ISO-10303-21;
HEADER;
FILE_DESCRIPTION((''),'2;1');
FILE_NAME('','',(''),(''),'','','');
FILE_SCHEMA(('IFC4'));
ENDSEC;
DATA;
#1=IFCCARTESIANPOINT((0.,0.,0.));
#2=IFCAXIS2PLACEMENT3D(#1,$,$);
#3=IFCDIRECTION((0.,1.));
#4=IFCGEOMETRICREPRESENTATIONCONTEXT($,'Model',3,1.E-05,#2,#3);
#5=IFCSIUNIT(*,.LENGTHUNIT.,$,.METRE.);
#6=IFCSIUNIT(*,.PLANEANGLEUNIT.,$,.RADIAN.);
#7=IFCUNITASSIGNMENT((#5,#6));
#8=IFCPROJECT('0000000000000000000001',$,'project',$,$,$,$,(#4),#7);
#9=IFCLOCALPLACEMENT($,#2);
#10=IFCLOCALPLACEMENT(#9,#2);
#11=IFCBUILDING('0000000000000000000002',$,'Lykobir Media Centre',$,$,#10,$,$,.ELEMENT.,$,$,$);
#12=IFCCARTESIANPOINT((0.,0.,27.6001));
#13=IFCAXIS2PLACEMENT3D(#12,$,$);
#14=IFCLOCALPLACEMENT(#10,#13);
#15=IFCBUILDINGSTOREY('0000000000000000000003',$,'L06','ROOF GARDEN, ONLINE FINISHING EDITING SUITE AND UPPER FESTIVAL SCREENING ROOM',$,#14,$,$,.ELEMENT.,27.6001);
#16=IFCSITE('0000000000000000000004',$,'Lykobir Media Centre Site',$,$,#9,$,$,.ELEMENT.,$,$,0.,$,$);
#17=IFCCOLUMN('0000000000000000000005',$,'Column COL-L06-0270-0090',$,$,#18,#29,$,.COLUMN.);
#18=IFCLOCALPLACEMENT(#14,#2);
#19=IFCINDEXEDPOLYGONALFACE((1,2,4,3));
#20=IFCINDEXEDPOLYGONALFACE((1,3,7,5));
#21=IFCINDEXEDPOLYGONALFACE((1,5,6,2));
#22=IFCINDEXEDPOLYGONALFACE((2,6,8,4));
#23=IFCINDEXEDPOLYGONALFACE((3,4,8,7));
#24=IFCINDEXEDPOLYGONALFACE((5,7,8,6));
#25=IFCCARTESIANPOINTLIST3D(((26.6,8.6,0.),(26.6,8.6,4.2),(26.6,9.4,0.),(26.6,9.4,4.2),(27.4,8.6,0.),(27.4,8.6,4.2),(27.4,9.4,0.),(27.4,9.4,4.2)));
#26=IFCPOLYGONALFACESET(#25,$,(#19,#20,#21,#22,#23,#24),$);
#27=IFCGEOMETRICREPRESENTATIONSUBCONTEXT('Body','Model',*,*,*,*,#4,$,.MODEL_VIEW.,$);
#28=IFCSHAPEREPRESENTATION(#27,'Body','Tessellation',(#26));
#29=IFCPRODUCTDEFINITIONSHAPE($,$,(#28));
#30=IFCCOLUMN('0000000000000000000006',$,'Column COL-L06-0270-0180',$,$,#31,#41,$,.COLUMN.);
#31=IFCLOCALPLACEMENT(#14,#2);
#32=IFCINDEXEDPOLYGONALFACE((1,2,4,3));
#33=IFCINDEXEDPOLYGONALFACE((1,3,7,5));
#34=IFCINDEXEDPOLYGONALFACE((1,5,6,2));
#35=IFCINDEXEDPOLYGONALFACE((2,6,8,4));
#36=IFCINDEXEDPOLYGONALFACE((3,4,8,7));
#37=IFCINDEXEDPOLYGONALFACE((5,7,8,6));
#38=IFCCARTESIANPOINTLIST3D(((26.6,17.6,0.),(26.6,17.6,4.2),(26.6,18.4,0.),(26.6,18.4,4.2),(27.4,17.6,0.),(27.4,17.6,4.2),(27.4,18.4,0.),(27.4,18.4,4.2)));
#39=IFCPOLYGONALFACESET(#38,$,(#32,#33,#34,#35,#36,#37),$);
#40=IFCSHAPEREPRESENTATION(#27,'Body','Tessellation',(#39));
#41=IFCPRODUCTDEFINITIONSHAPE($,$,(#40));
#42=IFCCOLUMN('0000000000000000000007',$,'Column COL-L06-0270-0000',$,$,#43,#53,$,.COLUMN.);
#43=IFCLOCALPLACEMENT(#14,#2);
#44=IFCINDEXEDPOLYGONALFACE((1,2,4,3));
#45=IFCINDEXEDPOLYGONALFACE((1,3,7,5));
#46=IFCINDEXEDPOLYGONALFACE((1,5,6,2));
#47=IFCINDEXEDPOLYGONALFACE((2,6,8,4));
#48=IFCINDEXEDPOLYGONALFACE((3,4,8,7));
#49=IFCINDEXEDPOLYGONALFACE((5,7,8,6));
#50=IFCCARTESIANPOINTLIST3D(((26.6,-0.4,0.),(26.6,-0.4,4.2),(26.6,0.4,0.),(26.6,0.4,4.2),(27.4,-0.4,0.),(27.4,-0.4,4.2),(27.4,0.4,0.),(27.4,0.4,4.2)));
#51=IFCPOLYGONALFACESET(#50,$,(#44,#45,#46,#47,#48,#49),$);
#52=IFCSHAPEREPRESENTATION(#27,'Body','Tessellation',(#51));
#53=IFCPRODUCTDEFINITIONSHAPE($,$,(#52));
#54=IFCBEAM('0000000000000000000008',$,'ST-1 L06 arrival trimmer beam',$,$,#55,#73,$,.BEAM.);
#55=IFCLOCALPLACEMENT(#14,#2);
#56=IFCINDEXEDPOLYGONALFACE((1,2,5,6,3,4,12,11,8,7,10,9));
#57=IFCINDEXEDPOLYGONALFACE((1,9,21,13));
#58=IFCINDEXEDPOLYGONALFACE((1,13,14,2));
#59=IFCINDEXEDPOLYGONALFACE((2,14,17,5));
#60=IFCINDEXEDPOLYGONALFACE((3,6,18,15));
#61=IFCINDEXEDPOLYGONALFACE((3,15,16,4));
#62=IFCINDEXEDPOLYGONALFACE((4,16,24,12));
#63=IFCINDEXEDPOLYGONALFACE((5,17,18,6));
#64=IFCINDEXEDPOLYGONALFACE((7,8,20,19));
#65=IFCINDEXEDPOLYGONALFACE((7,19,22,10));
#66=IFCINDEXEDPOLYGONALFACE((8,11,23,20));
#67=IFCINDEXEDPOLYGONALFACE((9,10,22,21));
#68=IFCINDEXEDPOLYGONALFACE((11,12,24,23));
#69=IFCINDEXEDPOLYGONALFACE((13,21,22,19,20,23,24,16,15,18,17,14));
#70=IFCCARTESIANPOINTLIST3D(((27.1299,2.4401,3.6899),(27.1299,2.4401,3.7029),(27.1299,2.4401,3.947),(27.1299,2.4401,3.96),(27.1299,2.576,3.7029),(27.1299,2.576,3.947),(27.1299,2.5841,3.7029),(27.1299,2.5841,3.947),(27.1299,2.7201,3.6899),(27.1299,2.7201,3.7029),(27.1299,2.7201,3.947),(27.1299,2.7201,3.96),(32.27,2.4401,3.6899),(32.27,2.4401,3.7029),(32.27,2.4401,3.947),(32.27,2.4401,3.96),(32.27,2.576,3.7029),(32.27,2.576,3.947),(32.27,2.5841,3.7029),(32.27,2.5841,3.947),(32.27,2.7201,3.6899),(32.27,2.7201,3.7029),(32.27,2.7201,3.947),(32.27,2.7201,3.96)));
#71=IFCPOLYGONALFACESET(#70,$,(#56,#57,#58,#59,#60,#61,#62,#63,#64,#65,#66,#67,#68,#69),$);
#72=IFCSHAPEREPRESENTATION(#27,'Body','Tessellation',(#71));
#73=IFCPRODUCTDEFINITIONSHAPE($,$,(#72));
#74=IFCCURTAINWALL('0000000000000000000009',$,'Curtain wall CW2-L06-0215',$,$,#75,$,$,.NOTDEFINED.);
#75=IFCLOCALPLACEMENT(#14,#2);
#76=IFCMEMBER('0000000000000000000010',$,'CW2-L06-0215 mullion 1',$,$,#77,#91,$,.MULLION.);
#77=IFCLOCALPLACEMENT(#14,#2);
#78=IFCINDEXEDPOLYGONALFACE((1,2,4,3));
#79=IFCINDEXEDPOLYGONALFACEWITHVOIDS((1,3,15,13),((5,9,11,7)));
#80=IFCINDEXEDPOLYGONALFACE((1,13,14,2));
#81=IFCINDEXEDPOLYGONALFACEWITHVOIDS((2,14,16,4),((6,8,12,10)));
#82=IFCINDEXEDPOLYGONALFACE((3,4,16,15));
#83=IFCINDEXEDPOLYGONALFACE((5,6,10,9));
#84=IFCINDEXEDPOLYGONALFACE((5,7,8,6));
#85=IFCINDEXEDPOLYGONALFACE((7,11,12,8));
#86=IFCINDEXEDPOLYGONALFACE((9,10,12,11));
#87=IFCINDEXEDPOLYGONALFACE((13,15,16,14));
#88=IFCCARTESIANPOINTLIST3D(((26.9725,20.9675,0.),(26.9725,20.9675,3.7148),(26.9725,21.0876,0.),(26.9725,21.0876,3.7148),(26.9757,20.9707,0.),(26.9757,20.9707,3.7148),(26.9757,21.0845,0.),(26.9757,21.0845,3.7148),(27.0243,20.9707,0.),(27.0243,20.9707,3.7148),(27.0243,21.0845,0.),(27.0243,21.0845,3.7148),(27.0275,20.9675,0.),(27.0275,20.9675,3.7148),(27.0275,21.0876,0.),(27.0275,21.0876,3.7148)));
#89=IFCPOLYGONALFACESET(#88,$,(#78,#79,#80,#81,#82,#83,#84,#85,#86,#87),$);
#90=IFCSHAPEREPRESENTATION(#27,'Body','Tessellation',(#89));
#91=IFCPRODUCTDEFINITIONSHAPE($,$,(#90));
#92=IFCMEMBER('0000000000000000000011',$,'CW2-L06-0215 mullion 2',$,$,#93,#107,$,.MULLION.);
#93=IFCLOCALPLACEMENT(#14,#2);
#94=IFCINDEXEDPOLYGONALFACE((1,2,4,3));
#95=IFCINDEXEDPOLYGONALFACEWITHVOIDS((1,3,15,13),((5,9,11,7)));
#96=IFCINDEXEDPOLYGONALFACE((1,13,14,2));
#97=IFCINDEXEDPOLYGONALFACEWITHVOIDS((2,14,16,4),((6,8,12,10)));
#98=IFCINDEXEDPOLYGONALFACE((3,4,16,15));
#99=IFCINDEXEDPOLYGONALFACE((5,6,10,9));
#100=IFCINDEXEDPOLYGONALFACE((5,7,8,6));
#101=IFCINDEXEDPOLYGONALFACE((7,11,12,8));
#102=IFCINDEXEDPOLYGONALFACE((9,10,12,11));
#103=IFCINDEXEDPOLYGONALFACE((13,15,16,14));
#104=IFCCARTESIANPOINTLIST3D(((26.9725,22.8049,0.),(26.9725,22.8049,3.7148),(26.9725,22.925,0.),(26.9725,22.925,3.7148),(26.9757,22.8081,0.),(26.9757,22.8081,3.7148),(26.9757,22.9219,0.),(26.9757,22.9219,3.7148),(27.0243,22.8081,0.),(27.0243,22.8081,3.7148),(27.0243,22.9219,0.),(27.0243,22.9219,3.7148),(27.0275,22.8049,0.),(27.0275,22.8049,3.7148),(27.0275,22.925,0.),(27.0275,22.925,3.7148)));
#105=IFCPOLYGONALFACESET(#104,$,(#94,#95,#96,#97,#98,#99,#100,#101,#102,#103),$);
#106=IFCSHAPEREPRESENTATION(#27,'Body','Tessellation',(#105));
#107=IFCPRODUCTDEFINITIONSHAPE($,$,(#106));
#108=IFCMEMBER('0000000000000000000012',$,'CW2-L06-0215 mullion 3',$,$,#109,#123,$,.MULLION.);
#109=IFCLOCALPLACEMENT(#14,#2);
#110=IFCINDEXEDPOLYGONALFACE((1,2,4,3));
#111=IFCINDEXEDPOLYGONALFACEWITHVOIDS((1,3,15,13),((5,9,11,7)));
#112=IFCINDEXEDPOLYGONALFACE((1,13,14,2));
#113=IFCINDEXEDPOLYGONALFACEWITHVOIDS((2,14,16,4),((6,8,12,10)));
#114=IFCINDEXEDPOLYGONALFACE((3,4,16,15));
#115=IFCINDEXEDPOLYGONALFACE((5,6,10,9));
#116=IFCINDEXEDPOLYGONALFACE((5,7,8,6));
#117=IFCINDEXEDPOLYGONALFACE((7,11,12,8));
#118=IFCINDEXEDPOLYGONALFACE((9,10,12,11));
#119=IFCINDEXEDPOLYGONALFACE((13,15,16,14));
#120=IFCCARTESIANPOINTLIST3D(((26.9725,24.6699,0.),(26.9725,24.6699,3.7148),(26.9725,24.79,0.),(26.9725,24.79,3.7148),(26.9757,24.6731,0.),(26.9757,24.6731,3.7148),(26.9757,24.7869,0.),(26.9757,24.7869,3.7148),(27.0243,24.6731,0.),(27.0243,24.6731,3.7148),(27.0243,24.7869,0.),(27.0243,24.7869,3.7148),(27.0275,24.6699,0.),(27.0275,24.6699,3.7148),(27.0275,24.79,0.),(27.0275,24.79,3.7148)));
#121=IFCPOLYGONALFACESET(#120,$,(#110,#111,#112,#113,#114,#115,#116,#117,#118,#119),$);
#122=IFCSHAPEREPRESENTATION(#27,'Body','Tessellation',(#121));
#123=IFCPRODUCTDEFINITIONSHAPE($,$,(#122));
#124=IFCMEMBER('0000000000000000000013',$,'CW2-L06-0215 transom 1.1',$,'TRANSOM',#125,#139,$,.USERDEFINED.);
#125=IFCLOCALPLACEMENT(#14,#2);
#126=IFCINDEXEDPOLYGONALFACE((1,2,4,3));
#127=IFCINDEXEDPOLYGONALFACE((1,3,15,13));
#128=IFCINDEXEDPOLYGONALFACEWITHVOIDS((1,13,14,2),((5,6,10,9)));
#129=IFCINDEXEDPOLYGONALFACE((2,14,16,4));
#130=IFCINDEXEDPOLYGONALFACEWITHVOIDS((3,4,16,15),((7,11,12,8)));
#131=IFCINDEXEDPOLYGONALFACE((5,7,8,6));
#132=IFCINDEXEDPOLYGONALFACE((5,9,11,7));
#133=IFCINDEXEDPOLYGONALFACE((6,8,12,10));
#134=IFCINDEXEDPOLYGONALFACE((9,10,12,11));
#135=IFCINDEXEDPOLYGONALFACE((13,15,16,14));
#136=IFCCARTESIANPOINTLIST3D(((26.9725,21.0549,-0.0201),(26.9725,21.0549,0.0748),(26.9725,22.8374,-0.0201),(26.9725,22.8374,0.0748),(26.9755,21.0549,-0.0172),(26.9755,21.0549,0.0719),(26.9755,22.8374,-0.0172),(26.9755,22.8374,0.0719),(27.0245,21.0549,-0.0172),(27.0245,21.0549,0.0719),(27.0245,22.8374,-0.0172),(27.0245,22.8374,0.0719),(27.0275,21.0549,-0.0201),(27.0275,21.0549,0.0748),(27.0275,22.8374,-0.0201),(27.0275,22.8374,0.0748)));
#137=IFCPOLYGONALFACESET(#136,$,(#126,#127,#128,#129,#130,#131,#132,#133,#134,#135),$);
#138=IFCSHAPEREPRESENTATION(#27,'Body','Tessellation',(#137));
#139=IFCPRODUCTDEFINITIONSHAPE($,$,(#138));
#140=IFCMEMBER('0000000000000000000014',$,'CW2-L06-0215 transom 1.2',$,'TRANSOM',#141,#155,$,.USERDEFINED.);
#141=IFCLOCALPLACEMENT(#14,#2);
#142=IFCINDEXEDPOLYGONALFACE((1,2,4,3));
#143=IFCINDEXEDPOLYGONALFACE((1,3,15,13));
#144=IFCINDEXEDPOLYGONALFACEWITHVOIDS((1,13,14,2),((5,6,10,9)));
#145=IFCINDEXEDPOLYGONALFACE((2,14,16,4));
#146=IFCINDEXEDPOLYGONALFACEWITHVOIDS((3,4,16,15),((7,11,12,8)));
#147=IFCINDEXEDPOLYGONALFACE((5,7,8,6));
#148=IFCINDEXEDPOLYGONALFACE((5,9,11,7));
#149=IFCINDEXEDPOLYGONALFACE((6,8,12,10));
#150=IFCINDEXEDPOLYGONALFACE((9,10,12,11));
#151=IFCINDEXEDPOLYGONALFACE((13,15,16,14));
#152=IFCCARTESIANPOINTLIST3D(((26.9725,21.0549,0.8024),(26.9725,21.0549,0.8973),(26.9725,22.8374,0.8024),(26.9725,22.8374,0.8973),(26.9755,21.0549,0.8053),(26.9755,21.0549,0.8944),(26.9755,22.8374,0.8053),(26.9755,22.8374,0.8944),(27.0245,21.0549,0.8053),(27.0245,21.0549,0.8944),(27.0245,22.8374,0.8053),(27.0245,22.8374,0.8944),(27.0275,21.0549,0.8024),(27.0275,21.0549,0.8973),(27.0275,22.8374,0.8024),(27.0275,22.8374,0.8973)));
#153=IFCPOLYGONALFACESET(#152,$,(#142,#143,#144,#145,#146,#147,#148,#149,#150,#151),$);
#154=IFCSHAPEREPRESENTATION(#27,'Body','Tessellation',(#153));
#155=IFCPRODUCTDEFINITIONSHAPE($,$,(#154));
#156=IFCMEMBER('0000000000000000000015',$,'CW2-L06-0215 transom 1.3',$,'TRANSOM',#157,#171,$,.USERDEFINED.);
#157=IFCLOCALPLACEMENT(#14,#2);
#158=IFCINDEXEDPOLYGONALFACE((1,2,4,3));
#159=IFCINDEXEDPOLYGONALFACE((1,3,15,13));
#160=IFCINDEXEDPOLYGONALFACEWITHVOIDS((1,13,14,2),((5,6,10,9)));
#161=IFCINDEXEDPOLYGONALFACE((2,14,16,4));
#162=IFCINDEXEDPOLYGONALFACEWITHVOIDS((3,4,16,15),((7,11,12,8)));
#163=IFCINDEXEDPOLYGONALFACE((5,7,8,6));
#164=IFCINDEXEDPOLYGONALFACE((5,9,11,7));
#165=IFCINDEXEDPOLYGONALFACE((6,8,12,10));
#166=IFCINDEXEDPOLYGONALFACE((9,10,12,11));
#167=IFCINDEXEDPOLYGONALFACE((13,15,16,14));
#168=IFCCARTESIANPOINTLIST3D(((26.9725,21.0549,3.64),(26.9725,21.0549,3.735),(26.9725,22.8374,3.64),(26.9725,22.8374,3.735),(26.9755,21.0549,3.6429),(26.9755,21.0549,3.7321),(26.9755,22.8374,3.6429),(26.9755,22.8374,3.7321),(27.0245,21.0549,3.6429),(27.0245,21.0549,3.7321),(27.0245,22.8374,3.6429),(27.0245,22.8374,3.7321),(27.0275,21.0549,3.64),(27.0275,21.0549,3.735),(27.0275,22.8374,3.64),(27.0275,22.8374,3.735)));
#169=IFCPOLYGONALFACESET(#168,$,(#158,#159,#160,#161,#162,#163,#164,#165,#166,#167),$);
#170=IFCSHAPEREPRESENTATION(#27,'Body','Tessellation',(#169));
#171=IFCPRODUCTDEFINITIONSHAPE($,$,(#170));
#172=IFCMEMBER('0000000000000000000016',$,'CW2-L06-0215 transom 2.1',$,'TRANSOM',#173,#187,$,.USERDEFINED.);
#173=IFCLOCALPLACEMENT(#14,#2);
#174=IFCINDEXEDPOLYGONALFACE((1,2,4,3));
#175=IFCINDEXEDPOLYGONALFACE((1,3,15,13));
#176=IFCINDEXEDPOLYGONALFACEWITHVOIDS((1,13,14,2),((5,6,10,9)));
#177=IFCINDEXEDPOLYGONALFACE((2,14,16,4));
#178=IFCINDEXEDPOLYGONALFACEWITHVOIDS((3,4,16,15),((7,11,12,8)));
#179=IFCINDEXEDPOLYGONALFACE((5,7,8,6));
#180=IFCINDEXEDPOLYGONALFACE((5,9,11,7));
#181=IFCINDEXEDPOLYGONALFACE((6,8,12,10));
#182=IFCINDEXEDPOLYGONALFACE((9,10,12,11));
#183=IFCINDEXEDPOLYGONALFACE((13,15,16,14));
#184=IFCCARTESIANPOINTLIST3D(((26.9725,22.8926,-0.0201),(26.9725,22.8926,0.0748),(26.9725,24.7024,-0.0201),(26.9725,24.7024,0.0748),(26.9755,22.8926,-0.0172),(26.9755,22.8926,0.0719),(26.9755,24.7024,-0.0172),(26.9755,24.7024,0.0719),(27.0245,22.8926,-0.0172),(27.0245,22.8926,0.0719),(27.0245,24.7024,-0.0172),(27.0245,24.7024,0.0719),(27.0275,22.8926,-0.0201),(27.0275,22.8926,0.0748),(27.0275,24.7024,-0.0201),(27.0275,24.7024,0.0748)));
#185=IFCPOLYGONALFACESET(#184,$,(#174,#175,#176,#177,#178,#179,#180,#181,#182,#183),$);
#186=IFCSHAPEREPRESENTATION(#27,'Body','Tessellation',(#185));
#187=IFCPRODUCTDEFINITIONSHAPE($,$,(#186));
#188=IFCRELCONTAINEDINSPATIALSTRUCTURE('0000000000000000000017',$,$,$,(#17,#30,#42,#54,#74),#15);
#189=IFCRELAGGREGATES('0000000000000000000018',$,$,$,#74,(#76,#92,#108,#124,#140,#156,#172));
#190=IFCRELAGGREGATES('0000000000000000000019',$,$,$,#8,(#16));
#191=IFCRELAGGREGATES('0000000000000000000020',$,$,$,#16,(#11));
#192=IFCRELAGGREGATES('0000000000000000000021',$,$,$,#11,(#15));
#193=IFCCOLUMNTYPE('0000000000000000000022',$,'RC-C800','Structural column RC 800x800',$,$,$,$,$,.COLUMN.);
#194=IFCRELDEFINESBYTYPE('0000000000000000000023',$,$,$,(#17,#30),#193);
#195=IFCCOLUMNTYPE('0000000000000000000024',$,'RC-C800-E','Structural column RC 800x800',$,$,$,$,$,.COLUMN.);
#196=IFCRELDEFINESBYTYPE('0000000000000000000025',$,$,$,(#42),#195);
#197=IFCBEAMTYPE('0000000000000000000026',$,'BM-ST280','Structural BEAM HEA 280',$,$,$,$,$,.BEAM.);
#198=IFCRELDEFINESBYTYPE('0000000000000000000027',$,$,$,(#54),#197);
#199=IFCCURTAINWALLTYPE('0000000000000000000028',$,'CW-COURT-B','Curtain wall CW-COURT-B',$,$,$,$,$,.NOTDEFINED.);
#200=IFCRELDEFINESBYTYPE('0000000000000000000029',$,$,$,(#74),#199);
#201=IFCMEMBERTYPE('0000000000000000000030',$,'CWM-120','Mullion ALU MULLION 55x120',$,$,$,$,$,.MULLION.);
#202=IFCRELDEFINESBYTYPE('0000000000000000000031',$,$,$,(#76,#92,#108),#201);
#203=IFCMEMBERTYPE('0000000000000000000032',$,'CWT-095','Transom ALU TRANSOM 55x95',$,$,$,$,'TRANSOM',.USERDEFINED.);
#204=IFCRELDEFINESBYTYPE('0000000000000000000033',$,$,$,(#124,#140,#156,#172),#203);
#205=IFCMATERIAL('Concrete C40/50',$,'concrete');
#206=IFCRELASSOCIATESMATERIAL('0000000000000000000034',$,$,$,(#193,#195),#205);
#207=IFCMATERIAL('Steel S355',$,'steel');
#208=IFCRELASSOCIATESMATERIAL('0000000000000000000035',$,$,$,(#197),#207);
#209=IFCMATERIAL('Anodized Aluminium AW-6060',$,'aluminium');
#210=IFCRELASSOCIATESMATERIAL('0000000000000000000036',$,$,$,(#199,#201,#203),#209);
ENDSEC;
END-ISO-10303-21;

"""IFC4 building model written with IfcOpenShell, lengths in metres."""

from ifc_helpers import new_model, si_unit, direction, frame, origin, origin_2d, place, context, subcontext, project, spatial, rectangle, hollow_rectangle, i_section, extrude, material, material_profile, profile_set, type_object, element, aggregate, save


model = new_model("IFC4")

# Units and contexts
model_context = context("Model", 3, precision=1e-05, world=origin(), true_north=direction((0.0, 1.0)))
body_context = subcontext(model_context, "Body", "Model", "MODEL_VIEW")
ifc_project = project(units=[si_unit("LENGTHUNIT", "METRE"), si_unit("PLANEANGLEUNIT", "RADIAN")], contexts=[model_context])

# Site, building, storey
site_placement = place(None, origin())
site = spatial("IfcSite", under=ifc_project, at=site_placement, Name="Lykobir Media Centre Site", CompositionType="ELEMENT", RefElevation=0.0)
building_placement = place(site_placement, origin())
building = spatial("IfcBuilding", under=site, at=building_placement, Name="Lykobir Media Centre", CompositionType="ELEMENT")
storey_placement = place(building_placement, frame((0.0, 0.0, 27.6001)))
storey = spatial("IfcBuildingStorey", under=building, at=storey_placement, Name="L06", Description="ROOF GARDEN, ONLINE FINISHING EDITING SUITE AND UPPER FESTIVAL SCREENING ROOM", CompositionType="ELEMENT", Elevation=27.6001)

# Columns
ifc_material_1 = material(Name="Concrete C40/50", Category="concrete")
ifc_material_profile_1 = material_profile(ifc_material_1, rectangle(XDim=0.8, YDim=0.8, at=origin_2d()), Name="RC 800x800")
ifc_profile_set_1 = profile_set([ifc_material_profile_1], Name="Concrete C40/50")
column_type_1 = type_object("IfcColumnType", Name="RC-C800", Description="Structural column RC 800x800", PredefinedType="COLUMN", material=ifc_profile_set_1)
for number, where, z_axis, x_axis, name in (
    (1, (27.0, 9.0, 0.0), (0.0, 0.0, 1.0), (1.0, 0.0, 0.0), "Column COL-L06-0270-0090"),
    (2, (27.0, 18.0, 0.0), (0.0, 0.0, 1.0), (1.0, 0.0, 0.0), "Column COL-L06-0270-0180"),
):
    element("IfcColumn", number, at=place(storey_placement, frame(where, z_axis=z_axis, x_axis=x_axis)), inside=storey, type_object=column_type_1, Name=name, PredefinedType="COLUMN", context=body_context, shape_type="SweptSolid", body=[
        extrude(rectangle(XDim=0.8, YDim=0.8, at=origin_2d()), origin(), (0.0, 0.0, 1.0), 4.2),
    ])
ifc_material_profile_2 = material_profile(ifc_material_1, rectangle(XDim=0.8, YDim=0.8, at=origin_2d()), Name="RC 800x800")
ifc_profile_set_2 = profile_set([ifc_material_profile_2], Name="Concrete C40/50")
column_type_2 = type_object("IfcColumnType", Name="RC-C800-E", Description="Structural column RC 800x800", PredefinedType="COLUMN", material=ifc_profile_set_2)
column_placement = place(storey_placement, frame((27.0, 0.0, 0.0), z_axis=(0.0, 0.0, 1.0), x_axis=(1.0, 0.0, 0.0)))
element("IfcColumn", 3, at=column_placement, inside=storey, type_object=column_type_2, Name="Column COL-L06-0270-0000", PredefinedType="COLUMN", context=body_context, shape_type="SweptSolid", body=[
    extrude(rectangle(XDim=0.8, YDim=0.8, at=origin_2d()), origin(), (0.0, 0.0, 1.0), 4.2),
])

# Beam
ifc_material_2 = material(Name="Steel S355", Category="steel")
ifc_material_profile_3 = material_profile(ifc_material_2, i_section(OverallWidth=0.28, OverallDepth=0.27, WebThickness=0.0081, FlangeThickness=0.0129, at=origin_2d()), Name="HEA 280")
ifc_profile_set_3 = profile_set([ifc_material_profile_3], Name="Steel S355")
beam_type_1 = type_object("IfcBeamType", Name="BM-ST280", Description="Structural BEAM HEA 280", PredefinedType="BEAM", material=ifc_profile_set_3)
beam_1_placement = place(storey_placement, frame((27.1299, 2.5801, 3.825), z_axis=(1.0, 0.0, 0.0), x_axis=(0.0, 1.0, 0.0)))
element("IfcBeam", 4, at=beam_1_placement, inside=storey, type_object=beam_type_1, Name="ST-1 L06 arrival trimmer beam", PredefinedType="BEAM", context=body_context, shape_type="SweptSolid", body=[
    extrude(i_section(OverallWidth=0.28, OverallDepth=0.27, WebThickness=0.0081, FlangeThickness=0.0129, at=origin_2d()), origin(), (0.0, 0.0, 1.0), 5.1401),
])

# Curtain wall, members
ifc_material_3 = material(Name="Anodized Aluminium AW-6060", Category="aluminium")
curtain_wall_type = type_object("IfcCurtainWallType", Name="CW-COURT-B", Description="Curtain wall CW-COURT-B", PredefinedType="NOTDEFINED", material=ifc_material_3)
curtain_wall_placement = place(storey_placement, origin())
curtain_wall = element("IfcCurtainWall", 5, at=curtain_wall_placement, inside=storey, type_object=curtain_wall_type, Name="Curtain wall CW2-L06-0215", PredefinedType="NOTDEFINED")
ifc_material_profile_4 = material_profile(ifc_material_3, hollow_rectangle(XDim=0.0549, YDim=0.1201, WallThickness=0.0032, at=origin_2d()), Name="ALU MULLION 55x120")
ifc_profile_set_4 = profile_set([ifc_material_profile_4], Name="Anodized Aluminium AW-6060")
member_type_1 = type_object("IfcMemberType", Name="CWM-120", Description="Mullion ALU MULLION 55x120", PredefinedType="MULLION", material=ifc_profile_set_4)
member_1_placement = place(storey_placement, frame((27.0, 21.0276, 0.0), z_axis=(0.0, 0.0, 1.0), x_axis=(-1.0, 0.0, 0.0)))
member_1 = element("IfcMember", 6, at=member_1_placement, type_object=member_type_1, Name="CW2-L06-0215 mullion 1", PredefinedType="MULLION", context=body_context, shape_type="SweptSolid", body=[
    extrude(hollow_rectangle(XDim=0.0549, YDim=0.1201, WallThickness=0.0032, at=origin_2d()), origin(), (0.0, 0.0, 1.0), 3.7148),
])
member_2_placement = place(storey_placement, frame((27.0, 22.865, 0.0), z_axis=(0.0, 0.0, 1.0), x_axis=(-1.0, 0.0, 0.0)))
member_2 = element("IfcMember", 7, at=member_2_placement, type_object=member_type_1, Name="CW2-L06-0215 mullion 2", PredefinedType="MULLION", context=body_context, shape_type="SweptSolid", body=[
    extrude(hollow_rectangle(XDim=0.0549, YDim=0.1201, WallThickness=0.0032, at=origin_2d()), origin(), (0.0, 0.0, 1.0), 3.7148),
])
member_3_placement = place(storey_placement, frame((27.0, 24.73, 0.0), z_axis=(0.0, 0.0, 1.0), x_axis=(-1.0, 0.0, 0.0)))
member_3 = element("IfcMember", 8, at=member_3_placement, type_object=member_type_1, Name="CW2-L06-0215 mullion 3", PredefinedType="MULLION", context=body_context, shape_type="SweptSolid", body=[
    extrude(hollow_rectangle(XDim=0.0549, YDim=0.1201, WallThickness=0.0032, at=origin_2d()), origin(), (0.0, 0.0, 1.0), 3.7148),
])
ifc_material_profile_5 = material_profile(ifc_material_3, hollow_rectangle(XDim=0.0549, YDim=0.095, WallThickness=0.0029, at=origin_2d()), Name="ALU TRANSOM 55x95")
ifc_profile_set_5 = profile_set([ifc_material_profile_5], Name="Anodized Aluminium AW-6060")
member_type_2 = type_object("IfcMemberType", Name="CWT-095", Description="Transom ALU TRANSOM 55x95", ElementType="TRANSOM", PredefinedType="USERDEFINED", material=ifc_profile_set_5)
member_4_placement = place(storey_placement, frame((27.0, 21.0549, 0.0273), z_axis=(0.0, 1.0, 0.0), x_axis=(-1.0, 0.0, 0.0)))
member_4 = element("IfcMember", 9, at=member_4_placement, type_object=member_type_2, Name="CW2-L06-0215 transom 1.1", ObjectType="TRANSOM", PredefinedType="USERDEFINED", context=body_context, shape_type="SweptSolid", body=[
    extrude(hollow_rectangle(XDim=0.0549, YDim=0.095, WallThickness=0.0029, at=origin_2d()), origin(), (0.0, 0.0, 1.0), 1.7825),
])
member_5_placement = place(storey_placement, frame((27.0, 21.0549, 0.8499), z_axis=(0.0, 1.0, 0.0), x_axis=(-1.0, 0.0, 0.0)))
member_5 = element("IfcMember", 10, at=member_5_placement, type_object=member_type_2, Name="CW2-L06-0215 transom 1.2", ObjectType="TRANSOM", PredefinedType="USERDEFINED", context=body_context, shape_type="SweptSolid", body=[
    extrude(hollow_rectangle(XDim=0.0549, YDim=0.095, WallThickness=0.0029, at=origin_2d()), origin(), (0.0, 0.0, 1.0), 1.7825),
])
member_6_placement = place(storey_placement, frame((27.0, 21.0549, 3.6875), z_axis=(0.0, 1.0, 0.0), x_axis=(-1.0, 0.0, 0.0)))
member_6 = element("IfcMember", 11, at=member_6_placement, type_object=member_type_2, Name="CW2-L06-0215 transom 1.3", ObjectType="TRANSOM", PredefinedType="USERDEFINED", context=body_context, shape_type="SweptSolid", body=[
    extrude(hollow_rectangle(XDim=0.0549, YDim=0.095, WallThickness=0.0029, at=origin_2d()), origin(), (0.0, 0.0, 1.0), 1.7825),
])
member_7_placement = place(storey_placement, frame((27.0, 22.8926, 0.0273), z_axis=(0.0, 1.0, 0.0), x_axis=(-1.0, 0.0, 0.0)))
member_7 = element("IfcMember", 12, at=member_7_placement, type_object=member_type_2, Name="CW2-L06-0215 transom 2.1", ObjectType="TRANSOM", PredefinedType="USERDEFINED", context=body_context, shape_type="SweptSolid", body=[
    extrude(hollow_rectangle(XDim=0.0549, YDim=0.095, WallThickness=0.0029, at=origin_2d()), origin(), (0.0, 0.0, 1.0), 1.8098),
])

aggregate(curtain_wall, [member_1, member_2, member_3, member_4, member_5, member_6, member_7])

save(model, "model.ifc")
